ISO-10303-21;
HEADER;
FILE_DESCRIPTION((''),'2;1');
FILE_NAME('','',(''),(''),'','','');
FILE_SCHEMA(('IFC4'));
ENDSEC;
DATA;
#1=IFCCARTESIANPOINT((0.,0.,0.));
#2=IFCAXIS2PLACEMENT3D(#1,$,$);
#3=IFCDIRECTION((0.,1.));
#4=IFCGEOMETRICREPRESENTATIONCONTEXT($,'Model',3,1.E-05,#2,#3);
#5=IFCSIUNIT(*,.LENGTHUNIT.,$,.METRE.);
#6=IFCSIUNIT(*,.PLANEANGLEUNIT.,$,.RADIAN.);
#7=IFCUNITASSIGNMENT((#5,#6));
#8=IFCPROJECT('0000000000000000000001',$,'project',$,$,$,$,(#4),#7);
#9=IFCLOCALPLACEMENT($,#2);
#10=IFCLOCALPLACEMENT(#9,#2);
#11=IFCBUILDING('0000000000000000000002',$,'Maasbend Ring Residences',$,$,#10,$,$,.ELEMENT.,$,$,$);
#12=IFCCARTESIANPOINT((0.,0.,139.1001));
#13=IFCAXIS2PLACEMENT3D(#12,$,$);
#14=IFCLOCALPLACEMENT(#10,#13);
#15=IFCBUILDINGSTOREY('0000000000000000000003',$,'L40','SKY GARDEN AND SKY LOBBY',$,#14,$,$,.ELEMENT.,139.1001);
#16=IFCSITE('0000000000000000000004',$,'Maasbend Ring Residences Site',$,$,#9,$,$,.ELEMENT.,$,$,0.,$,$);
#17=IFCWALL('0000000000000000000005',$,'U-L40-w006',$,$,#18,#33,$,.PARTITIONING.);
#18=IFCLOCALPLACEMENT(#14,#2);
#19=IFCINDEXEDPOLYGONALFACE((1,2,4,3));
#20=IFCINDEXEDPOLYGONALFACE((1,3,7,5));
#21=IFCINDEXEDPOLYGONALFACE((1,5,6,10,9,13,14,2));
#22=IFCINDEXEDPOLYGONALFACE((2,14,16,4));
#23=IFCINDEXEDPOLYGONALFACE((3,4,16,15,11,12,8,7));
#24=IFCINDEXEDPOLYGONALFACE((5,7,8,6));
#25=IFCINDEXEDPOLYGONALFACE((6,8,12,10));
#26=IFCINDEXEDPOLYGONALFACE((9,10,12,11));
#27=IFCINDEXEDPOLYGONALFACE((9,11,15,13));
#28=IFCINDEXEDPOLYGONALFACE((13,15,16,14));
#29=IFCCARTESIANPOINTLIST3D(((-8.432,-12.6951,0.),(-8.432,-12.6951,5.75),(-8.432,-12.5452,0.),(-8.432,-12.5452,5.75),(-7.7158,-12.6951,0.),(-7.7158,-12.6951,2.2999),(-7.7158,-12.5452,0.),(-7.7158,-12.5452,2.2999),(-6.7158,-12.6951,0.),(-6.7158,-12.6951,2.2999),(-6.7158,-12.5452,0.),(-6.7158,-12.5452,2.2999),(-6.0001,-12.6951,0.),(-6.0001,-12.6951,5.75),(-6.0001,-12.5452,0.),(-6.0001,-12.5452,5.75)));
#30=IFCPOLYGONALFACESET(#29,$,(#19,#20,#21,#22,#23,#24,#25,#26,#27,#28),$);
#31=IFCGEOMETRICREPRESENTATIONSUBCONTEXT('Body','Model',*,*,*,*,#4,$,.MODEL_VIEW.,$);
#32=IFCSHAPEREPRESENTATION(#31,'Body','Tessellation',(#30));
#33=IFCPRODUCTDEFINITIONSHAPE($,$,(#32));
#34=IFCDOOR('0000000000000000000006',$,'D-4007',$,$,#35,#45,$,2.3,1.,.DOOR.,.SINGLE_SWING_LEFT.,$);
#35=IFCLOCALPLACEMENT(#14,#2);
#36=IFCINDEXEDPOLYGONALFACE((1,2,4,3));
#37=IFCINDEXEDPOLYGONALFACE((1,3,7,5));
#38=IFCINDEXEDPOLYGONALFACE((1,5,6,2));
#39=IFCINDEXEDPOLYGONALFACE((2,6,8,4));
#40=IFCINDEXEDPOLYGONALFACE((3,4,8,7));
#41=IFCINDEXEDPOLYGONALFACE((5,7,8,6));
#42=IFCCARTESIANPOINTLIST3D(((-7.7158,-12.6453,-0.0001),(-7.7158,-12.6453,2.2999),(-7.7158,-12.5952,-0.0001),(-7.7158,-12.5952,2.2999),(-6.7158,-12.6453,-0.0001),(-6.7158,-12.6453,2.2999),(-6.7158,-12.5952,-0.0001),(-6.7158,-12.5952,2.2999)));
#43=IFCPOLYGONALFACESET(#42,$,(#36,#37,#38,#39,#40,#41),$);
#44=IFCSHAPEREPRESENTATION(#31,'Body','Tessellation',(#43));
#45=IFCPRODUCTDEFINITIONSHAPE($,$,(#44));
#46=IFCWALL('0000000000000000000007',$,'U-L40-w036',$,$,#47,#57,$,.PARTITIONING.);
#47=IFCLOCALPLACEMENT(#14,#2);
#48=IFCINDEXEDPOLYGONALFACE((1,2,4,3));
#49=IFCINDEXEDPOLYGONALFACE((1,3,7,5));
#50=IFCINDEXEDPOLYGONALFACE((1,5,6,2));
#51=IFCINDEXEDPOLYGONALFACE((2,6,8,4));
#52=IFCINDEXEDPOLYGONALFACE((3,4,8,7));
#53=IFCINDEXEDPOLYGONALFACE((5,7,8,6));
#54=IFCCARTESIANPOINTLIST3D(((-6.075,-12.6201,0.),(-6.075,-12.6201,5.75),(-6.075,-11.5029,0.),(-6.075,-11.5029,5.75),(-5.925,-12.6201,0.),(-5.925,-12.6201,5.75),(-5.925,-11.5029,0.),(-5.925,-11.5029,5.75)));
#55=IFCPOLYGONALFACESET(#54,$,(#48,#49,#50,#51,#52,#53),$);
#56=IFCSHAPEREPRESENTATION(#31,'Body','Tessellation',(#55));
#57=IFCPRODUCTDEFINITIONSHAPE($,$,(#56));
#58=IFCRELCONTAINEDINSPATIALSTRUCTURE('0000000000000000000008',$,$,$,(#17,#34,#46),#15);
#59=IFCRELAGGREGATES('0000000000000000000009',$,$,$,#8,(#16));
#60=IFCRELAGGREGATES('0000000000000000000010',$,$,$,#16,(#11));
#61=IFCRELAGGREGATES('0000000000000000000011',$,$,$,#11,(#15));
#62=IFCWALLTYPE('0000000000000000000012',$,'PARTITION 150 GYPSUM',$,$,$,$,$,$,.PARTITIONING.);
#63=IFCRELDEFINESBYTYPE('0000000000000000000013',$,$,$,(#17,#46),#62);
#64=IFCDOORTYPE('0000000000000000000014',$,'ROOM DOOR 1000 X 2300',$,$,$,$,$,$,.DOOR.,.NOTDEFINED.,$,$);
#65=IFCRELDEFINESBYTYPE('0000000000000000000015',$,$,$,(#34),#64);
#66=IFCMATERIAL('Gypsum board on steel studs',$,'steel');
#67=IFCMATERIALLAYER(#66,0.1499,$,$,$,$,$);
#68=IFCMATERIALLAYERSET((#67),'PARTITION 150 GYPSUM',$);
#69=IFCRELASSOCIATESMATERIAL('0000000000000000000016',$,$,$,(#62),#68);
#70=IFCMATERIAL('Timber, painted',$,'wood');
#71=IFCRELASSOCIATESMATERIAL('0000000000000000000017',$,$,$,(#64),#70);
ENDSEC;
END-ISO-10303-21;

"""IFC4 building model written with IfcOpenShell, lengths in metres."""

from ifc_helpers import new_model, si_unit, direction, frame, frame_2d, origin, place, context, subcontext, project, spatial, rectangle, extrude, material, layer, layer_set, type_object, element, fill, save


model = new_model("IFC4")

# Units and contexts
model_context = context("Model", 3, precision=1e-05, world=origin(), true_north=direction((0.0, 1.0)))
body_context = subcontext(model_context, "Body", "Model", "MODEL_VIEW")
ifc_project = project(units=[si_unit("LENGTHUNIT", "METRE"), si_unit("PLANEANGLEUNIT", "RADIAN")], contexts=[model_context])

# Site, building, storey
site_placement = place(None, origin())
site = spatial("IfcSite", under=ifc_project, at=site_placement, Name="Maasbend Ring Residences Site", CompositionType="ELEMENT", RefElevation=0.0)
building_placement = place(site_placement, origin())
building = spatial("IfcBuilding", under=site, at=building_placement, Name="Maasbend Ring Residences", CompositionType="ELEMENT")
storey_placement = place(building_placement, frame((0.0, 0.0, 139.1001)))
storey = spatial("IfcBuildingStorey", under=building, at=storey_placement, Name="L40", Description="SKY GARDEN AND SKY LOBBY", CompositionType="ELEMENT", Elevation=139.1001)

# Wall, opening, door
ifc_material_1 = material(Name="Gypsum board on steel studs", Category="steel")
ifc_layer_1 = layer(ifc_material_1, 0.1499)
ifc_layer_set_1 = layer_set([ifc_layer_1], Name="PARTITION 150 GYPSUM")
wall_type_1 = type_object("IfcWallType", Name="PARTITION 150 GYPSUM", PredefinedType="PARTITIONING", material=ifc_layer_set_1)
wall_1_placement = place(storey_placement, frame((-8.4319, -12.6201, 0.0), z_axis=(0.0, 0.0, 1.0), x_axis=(1.0, 0.0, 0.0)))
wall_1 = element("IfcWall", 1, at=wall_1_placement, inside=storey, type_object=wall_type_1, Name="U-L40-w006", PredefinedType="PARTITIONING", context=body_context, shape_type="SweptSolid", body=[
    extrude(rectangle(XDim=2.4319, YDim=0.1499, at=frame_2d((1.2158, 0.0))), origin(), (0.0, 0.0, 1.0), 5.75),
])
opening_1_placement = place(wall_1_placement, frame((0.7161, 0.0, 0.0)))
opening_1 = element("IfcOpeningElement", 2, at=opening_1_placement, cuts=wall_1, PredefinedType="OPENING", context=body_context, shape_type="SweptSolid", body=[
    extrude(rectangle(XDim=1.0, YDim=2.3, at=frame_2d((0.5, 1.1499))), frame((0.0, 0.085, 0.0), z_axis=(0.0, -1.0, 0.0), x_axis=(1.0, 0.0, 0.0)), (0.0, 0.0, 1.0), 0.1699),
])
ifc_material_2 = material(Name="Timber, painted", Category="wood")
door_type_1 = type_object("IfcDoorType", Name="ROOM DOOR 1000 X 2300", OperationType="NOTDEFINED", PredefinedType="DOOR", material=ifc_material_2)
door_1_placement = place(opening_1_placement, origin())
door_1 = element("IfcDoor", 3, at=door_1_placement, inside=storey, type_object=door_type_1, Name="D-4007", OperationType="SINGLE_SWING_LEFT", OverallHeight=2.3, OverallWidth=1.0, PredefinedType="DOOR", context=body_context, shape_type="SweptSolid", body=[
    extrude(rectangle(XDim=1.0, YDim=2.3, at=frame_2d((0.5, 1.1499))), frame((0.0, 0.0249, 0.0), z_axis=(0.0, -1.0, 0.0), x_axis=(1.0, 0.0, 0.0)), (0.0, 0.0, 1.0), 0.05),
])
fill(opening_1, door_1)

# Wall
wall_2_placement = place(storey_placement, frame((-6.0, -12.6201, 0.0), z_axis=(0.0, 0.0, 1.0), x_axis=(0.0, 1.0, 0.0)))
element("IfcWall", 4, at=wall_2_placement, inside=storey, type_object=wall_type_1, Name="U-L40-w036", PredefinedType="PARTITIONING", context=body_context, shape_type="SweptSolid", body=[
    extrude(rectangle(XDim=1.1172, YDim=0.1499, at=frame_2d((0.5586, 0.0))), origin(), (0.0, 0.0, 1.0), 5.75),
])

save(model, "model.ifc")
